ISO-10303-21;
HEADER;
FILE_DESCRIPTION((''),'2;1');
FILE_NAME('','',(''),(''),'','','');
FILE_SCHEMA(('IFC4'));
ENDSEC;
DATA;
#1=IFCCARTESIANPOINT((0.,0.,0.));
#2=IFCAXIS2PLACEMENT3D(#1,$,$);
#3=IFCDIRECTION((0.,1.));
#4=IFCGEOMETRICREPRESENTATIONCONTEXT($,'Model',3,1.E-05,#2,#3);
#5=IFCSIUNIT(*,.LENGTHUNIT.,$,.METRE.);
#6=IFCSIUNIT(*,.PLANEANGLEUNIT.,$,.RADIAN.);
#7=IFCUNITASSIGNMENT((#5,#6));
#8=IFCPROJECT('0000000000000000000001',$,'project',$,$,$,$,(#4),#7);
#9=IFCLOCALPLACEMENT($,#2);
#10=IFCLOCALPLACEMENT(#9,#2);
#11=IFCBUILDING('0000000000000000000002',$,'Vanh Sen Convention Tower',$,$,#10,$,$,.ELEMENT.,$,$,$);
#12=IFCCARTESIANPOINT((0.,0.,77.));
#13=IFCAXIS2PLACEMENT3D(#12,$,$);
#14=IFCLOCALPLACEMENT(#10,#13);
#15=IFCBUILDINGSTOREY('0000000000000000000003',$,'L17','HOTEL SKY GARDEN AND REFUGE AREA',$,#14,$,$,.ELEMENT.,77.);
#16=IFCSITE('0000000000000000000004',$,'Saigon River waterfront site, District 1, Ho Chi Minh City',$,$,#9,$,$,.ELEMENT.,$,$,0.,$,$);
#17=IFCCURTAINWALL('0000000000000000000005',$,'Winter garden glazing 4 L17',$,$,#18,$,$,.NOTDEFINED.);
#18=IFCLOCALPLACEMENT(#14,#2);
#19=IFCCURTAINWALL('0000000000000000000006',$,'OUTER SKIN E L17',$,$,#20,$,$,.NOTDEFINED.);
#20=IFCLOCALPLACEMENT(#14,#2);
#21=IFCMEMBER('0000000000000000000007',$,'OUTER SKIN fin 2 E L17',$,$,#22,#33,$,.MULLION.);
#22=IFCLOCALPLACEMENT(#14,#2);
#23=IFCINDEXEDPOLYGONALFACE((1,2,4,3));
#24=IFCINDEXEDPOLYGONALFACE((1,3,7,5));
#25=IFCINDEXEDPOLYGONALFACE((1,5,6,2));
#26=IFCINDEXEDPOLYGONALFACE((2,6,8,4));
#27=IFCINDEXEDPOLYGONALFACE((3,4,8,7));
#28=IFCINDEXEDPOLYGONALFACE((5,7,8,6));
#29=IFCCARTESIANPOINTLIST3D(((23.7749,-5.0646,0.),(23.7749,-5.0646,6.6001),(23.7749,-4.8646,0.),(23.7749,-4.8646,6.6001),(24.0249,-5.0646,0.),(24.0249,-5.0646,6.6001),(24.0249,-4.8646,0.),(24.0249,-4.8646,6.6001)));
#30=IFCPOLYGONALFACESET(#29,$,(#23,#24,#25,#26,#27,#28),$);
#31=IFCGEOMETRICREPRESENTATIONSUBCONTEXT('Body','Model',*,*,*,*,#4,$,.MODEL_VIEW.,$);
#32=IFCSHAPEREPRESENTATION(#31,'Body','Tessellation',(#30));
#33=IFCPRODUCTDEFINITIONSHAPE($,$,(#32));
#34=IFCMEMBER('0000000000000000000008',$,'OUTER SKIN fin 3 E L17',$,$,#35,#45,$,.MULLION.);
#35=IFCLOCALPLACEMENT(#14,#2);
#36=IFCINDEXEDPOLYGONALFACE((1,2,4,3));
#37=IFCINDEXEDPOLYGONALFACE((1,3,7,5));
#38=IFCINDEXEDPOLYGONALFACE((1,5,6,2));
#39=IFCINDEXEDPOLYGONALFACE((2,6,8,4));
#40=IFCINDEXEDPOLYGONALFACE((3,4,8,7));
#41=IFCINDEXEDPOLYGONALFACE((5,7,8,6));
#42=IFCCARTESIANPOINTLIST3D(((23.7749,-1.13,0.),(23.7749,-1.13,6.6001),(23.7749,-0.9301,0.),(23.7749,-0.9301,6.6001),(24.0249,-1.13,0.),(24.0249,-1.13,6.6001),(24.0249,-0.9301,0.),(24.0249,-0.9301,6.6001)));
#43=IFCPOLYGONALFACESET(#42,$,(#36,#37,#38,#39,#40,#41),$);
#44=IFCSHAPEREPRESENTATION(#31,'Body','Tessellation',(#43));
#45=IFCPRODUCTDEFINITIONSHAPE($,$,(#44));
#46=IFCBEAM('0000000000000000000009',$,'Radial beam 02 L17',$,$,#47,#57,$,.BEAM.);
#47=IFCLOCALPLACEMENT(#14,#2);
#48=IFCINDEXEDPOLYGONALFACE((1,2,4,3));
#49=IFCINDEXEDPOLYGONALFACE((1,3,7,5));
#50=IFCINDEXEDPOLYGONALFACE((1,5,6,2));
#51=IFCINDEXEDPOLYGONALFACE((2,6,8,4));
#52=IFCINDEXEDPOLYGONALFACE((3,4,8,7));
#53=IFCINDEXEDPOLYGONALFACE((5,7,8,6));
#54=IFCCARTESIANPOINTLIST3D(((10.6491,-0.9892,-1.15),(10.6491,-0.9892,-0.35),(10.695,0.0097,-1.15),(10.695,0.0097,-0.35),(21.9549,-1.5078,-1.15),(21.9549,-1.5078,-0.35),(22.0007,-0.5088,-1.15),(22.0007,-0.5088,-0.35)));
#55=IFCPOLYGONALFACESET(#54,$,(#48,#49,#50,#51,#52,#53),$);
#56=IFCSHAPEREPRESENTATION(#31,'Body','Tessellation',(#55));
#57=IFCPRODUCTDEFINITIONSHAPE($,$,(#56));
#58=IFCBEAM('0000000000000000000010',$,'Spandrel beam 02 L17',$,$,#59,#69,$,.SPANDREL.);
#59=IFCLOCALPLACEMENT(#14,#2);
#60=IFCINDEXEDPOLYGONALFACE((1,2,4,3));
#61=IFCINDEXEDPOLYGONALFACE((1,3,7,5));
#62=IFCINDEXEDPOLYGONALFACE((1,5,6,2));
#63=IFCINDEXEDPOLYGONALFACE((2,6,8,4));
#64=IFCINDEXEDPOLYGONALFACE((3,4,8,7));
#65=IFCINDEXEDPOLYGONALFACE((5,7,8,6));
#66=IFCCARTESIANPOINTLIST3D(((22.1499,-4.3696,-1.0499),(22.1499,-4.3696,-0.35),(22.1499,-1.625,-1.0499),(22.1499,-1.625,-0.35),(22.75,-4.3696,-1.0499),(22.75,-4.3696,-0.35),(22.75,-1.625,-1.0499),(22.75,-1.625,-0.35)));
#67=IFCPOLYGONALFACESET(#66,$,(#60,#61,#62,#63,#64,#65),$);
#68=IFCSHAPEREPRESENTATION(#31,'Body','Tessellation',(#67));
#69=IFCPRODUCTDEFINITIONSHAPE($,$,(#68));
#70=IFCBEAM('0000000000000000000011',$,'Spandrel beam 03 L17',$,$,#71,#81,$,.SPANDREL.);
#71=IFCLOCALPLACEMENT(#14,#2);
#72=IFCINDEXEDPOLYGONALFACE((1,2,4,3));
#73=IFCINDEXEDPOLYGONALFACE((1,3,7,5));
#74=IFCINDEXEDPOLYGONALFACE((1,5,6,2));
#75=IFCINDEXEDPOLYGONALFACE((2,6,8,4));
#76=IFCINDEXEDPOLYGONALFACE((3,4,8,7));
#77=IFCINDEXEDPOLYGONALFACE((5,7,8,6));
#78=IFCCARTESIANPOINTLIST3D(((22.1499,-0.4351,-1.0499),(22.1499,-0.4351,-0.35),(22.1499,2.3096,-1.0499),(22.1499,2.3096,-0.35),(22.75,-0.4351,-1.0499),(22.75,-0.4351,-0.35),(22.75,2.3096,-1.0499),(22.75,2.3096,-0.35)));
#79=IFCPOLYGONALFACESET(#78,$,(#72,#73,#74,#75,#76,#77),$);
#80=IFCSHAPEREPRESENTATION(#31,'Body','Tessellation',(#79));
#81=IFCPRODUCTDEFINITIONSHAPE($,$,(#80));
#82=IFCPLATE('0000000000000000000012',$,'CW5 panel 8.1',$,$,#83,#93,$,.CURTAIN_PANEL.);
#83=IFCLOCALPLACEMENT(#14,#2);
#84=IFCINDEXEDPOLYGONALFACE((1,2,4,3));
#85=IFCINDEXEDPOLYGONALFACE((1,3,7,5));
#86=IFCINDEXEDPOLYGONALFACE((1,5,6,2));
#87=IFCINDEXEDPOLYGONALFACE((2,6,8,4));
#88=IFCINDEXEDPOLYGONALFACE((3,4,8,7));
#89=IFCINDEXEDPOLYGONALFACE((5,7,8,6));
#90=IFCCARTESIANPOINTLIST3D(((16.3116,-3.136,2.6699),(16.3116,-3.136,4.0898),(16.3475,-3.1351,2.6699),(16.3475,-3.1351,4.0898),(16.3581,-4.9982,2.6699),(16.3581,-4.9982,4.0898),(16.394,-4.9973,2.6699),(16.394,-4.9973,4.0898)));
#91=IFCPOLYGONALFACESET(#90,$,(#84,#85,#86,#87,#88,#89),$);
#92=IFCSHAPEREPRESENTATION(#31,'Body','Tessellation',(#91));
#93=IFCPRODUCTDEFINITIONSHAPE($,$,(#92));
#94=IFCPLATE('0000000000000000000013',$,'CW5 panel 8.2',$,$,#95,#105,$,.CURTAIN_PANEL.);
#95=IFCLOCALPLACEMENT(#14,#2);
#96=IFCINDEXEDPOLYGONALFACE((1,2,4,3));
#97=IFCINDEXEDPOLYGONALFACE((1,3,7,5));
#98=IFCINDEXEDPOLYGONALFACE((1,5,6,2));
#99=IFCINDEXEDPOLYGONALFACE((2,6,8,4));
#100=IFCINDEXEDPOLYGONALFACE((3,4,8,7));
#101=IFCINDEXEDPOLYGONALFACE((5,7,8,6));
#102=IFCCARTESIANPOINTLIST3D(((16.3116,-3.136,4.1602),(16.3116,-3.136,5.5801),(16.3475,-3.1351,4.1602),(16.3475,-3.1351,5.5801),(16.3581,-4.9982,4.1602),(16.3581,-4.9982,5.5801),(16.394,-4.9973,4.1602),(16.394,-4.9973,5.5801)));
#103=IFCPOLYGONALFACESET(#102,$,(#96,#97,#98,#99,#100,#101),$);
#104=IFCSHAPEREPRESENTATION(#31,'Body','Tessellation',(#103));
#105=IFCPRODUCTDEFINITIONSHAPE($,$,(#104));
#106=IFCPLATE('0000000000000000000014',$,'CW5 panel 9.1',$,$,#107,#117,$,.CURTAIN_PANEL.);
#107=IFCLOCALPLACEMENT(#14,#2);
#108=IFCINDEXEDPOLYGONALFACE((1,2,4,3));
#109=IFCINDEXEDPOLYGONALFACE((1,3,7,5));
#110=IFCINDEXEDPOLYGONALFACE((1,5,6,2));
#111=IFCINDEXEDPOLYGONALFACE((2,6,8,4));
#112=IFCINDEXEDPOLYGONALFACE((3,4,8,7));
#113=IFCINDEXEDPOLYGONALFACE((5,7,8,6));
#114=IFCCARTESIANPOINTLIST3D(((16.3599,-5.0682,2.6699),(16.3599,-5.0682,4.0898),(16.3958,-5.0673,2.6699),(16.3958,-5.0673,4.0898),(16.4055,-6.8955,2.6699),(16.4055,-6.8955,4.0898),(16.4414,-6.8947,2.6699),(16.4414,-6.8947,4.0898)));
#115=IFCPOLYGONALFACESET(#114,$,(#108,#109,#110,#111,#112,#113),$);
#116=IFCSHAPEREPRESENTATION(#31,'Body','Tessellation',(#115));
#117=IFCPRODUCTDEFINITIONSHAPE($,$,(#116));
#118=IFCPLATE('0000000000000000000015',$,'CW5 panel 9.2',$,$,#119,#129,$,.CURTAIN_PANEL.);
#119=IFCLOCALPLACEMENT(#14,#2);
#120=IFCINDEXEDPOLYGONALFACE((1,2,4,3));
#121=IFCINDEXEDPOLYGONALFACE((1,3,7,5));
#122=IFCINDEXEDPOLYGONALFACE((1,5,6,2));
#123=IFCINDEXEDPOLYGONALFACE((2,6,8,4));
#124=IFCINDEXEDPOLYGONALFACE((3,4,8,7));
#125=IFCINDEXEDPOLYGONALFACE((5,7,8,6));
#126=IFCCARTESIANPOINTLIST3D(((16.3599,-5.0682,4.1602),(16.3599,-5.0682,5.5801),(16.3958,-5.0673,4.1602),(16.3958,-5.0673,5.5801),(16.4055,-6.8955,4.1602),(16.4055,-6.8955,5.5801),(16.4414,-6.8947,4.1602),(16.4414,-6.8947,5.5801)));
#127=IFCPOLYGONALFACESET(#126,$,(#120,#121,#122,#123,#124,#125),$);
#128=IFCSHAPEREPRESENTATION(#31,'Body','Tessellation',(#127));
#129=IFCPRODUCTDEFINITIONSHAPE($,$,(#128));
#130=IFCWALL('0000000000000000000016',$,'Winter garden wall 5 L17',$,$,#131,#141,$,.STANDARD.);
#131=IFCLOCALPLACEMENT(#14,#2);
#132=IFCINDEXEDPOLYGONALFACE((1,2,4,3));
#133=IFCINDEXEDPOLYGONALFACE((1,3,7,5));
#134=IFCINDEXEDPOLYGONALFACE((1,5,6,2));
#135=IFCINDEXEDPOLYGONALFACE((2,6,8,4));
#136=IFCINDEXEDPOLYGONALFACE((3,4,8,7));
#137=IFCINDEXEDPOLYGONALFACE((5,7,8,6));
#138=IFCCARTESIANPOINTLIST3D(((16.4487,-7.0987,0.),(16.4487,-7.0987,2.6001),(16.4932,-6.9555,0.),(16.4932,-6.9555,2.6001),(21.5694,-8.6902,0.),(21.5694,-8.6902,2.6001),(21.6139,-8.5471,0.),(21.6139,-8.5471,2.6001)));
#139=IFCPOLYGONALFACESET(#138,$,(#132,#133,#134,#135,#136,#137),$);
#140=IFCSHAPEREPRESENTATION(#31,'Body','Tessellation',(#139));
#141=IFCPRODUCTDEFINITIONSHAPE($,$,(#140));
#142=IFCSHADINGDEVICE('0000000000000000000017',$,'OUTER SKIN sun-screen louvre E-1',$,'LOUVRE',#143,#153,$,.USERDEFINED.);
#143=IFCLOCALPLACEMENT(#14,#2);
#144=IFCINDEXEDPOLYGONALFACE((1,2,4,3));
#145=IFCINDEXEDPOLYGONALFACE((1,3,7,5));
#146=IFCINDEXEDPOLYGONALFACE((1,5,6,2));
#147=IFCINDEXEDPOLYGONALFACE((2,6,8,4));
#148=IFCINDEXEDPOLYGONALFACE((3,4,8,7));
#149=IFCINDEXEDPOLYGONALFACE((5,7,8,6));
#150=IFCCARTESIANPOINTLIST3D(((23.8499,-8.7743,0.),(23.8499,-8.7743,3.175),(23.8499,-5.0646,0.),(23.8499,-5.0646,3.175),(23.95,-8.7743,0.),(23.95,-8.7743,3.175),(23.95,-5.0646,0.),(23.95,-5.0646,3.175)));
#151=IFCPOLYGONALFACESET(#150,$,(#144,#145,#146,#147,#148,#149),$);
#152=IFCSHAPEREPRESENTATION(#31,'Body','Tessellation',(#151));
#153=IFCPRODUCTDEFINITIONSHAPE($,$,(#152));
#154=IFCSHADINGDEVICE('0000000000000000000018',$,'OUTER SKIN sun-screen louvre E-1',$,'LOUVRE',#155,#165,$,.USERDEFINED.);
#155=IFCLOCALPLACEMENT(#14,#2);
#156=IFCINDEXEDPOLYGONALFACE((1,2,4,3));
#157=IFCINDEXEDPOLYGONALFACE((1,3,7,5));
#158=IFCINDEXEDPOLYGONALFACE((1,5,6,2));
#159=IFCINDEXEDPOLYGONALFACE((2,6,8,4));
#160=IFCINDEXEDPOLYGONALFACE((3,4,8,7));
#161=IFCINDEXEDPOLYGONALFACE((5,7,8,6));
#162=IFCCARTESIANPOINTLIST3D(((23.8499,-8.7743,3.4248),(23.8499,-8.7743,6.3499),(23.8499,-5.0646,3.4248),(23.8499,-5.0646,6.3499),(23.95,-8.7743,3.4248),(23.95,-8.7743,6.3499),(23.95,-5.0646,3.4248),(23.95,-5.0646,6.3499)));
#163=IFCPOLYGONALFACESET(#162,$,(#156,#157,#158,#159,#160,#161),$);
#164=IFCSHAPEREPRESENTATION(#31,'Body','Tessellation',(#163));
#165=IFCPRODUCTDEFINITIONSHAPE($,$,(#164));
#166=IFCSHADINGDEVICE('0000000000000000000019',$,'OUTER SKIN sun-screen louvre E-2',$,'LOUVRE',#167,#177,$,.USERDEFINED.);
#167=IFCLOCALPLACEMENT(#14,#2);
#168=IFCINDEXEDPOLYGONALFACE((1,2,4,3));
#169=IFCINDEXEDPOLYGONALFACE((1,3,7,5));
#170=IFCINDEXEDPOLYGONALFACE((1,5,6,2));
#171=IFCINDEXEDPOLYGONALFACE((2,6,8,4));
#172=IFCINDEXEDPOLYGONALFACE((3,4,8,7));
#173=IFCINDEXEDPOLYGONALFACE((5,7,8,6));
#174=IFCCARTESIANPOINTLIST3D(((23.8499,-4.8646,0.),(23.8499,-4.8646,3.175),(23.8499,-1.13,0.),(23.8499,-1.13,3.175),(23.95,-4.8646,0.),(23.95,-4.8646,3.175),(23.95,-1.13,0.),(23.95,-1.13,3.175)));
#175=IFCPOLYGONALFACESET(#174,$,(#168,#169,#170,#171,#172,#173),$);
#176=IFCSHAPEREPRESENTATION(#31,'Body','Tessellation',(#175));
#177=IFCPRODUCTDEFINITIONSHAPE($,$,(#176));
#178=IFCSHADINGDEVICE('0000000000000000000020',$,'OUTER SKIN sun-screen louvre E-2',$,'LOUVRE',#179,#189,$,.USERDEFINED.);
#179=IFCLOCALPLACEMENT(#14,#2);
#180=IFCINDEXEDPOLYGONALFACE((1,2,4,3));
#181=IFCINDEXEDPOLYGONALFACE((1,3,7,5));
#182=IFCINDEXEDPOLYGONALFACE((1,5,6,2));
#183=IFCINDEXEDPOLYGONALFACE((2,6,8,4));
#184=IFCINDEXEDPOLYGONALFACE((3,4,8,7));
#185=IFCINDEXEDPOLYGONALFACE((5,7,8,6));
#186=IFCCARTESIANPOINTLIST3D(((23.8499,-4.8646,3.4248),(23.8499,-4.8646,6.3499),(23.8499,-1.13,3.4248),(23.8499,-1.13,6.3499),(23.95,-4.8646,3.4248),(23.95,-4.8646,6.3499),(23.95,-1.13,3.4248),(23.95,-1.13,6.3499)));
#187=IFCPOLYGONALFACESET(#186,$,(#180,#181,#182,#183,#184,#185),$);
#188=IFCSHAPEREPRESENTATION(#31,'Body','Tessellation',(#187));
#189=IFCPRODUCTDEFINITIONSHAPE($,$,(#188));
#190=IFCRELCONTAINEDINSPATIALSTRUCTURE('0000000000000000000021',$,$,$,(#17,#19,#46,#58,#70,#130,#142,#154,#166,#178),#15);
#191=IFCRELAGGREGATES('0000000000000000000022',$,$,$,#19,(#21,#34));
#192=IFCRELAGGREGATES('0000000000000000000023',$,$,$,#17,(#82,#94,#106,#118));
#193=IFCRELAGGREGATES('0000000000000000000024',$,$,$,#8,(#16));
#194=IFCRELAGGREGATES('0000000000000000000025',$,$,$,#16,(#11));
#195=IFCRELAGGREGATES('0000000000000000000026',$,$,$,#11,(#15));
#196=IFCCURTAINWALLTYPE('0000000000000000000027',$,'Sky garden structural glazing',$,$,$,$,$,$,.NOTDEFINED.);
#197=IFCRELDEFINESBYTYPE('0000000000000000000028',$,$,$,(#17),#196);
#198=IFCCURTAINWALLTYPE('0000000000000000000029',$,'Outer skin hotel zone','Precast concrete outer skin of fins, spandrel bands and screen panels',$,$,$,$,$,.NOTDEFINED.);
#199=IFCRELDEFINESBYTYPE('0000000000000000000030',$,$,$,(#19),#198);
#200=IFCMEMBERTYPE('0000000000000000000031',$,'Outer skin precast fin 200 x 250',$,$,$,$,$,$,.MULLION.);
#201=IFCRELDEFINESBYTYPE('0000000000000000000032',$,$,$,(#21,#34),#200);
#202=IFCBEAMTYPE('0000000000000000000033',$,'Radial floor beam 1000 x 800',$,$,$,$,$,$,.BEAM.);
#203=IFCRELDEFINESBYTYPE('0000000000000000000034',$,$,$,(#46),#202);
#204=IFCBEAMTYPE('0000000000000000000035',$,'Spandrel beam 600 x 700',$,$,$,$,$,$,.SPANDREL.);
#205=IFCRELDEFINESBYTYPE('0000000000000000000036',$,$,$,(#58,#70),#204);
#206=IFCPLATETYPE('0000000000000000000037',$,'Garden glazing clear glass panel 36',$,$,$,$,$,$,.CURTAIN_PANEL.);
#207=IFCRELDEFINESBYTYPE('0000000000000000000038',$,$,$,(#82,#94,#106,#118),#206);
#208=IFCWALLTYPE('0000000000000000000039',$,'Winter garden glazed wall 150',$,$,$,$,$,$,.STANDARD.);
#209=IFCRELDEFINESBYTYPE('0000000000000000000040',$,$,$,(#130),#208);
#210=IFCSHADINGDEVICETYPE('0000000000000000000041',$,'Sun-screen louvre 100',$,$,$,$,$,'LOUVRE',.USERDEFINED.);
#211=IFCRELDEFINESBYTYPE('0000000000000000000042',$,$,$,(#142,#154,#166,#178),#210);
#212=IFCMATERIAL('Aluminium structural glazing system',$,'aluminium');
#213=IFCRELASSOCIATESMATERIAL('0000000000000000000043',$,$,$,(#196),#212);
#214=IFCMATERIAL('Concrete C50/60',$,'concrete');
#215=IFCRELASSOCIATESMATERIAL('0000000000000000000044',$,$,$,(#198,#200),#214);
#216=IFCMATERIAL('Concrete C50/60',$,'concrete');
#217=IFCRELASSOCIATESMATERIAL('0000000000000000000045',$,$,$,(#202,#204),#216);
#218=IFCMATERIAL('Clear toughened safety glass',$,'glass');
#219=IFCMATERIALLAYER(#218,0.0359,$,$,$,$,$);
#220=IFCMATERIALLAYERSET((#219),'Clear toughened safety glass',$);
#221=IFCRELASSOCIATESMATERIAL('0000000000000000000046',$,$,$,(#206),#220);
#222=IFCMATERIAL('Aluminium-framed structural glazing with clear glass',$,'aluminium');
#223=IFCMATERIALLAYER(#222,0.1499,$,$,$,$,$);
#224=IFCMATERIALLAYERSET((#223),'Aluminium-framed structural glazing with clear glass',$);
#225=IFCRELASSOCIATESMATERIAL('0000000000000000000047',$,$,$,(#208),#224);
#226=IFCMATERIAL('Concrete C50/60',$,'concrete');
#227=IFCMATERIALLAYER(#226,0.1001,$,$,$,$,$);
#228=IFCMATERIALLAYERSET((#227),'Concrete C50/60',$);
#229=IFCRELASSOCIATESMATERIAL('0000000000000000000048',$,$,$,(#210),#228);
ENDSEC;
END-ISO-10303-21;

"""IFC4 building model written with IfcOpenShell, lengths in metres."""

from ifc_helpers import new_model, si_unit, direction, frame, frame_2d, origin, origin_2d, place, context, subcontext, project, spatial, rectangle, extrude, material, layer, layer_set, material_profile, profile_set, type_object, element, aggregate, save


model = new_model("IFC4")

# Units and contexts
model_context = context("Model", 3, precision=1e-05, world=origin(), true_north=direction((0.0, 1.0)))
body_context = subcontext(model_context, "Body", "Model", "MODEL_VIEW")
ifc_project = project(units=[si_unit("LENGTHUNIT", "METRE"), si_unit("PLANEANGLEUNIT", "RADIAN")], contexts=[model_context])

# Site, building, storey
site_placement = place(None, origin())
site = spatial("IfcSite", under=ifc_project, at=site_placement, Name="Saigon River waterfront site, District 1, Ho Chi Minh City", CompositionType="ELEMENT", RefElevation=0.0)
building_placement = place(site_placement, origin())
building = spatial("IfcBuilding", under=site, at=building_placement, Name="Vanh Sen Convention Tower", CompositionType="ELEMENT")
storey_placement = place(building_placement, frame((0.0, 0.0, 77.0)))
storey = spatial("IfcBuildingStorey", under=building, at=storey_placement, Name="L17", Description="HOTEL SKY GARDEN AND REFUGE AREA", CompositionType="ELEMENT", Elevation=77.0)

# Curtain wall
ifc_material_1 = material(Name="Aluminium structural glazing system", Category="aluminium")
curtain_wall_type_1 = type_object("IfcCurtainWallType", Name="Sky garden structural glazing", PredefinedType="NOTDEFINED", material=ifc_material_1)
curtain_wall_1_placement = place(storey_placement, origin())
curtain_wall_1 = element("IfcCurtainWall", 1, at=curtain_wall_1_placement, inside=storey, type_object=curtain_wall_type_1, Name="Winter garden glazing 4 L17", PredefinedType="NOTDEFINED")

# Curtain wall, members
ifc_material_2 = material(Name="Concrete C50/60", Category="concrete")
curtain_wall_type_2 = type_object("IfcCurtainWallType", Name="Outer skin hotel zone", Description="Precast concrete outer skin of fins, spandrel bands and screen panels", PredefinedType="NOTDEFINED", material=ifc_material_2)
curtain_wall_2_placement = place(storey_placement, origin())
curtain_wall_2 = element("IfcCurtainWall", 2, at=curtain_wall_2_placement, inside=storey, type_object=curtain_wall_type_2, Name="OUTER SKIN E L17", PredefinedType="NOTDEFINED")
ifc_material_profile_1 = material_profile(ifc_material_2, rectangle(XDim=0.2, YDim=0.25, at=origin_2d()), Name="Outer skin precast fin 200 x 250")
ifc_profile_set_1 = profile_set([ifc_material_profile_1], Name="Concrete C50/60")
member_type_1 = type_object("IfcMemberType", Name="Outer skin precast fin 200 x 250", PredefinedType="MULLION", material=ifc_profile_set_1)
member_1_placement = place(storey_placement, frame((23.8999, -4.9646, 0.0), z_axis=(0.0, 0.0, 1.0), x_axis=(0.0, 1.0, 0.0)))
member_1 = element("IfcMember", 3, at=member_1_placement, type_object=member_type_1, Name="OUTER SKIN fin 2 E L17", PredefinedType="MULLION", context=body_context, shape_type="SweptSolid", body=[
    extrude(rectangle(XDim=0.2, YDim=0.25, at=origin_2d()), origin(), (0.0, 0.0, 1.0), 6.6001),
])
member_2_placement = place(storey_placement, frame((23.8999, -1.03, 0.0), z_axis=(0.0, 0.0, 1.0), x_axis=(0.0, 1.0, 0.0)))
member_2 = element("IfcMember", 4, at=member_2_placement, type_object=member_type_1, Name="OUTER SKIN fin 3 E L17", PredefinedType="MULLION", context=body_context, shape_type="SweptSolid", body=[
    extrude(rectangle(XDim=0.2, YDim=0.25, at=origin_2d()), origin(), (0.0, 0.0, 1.0), 6.6001),
])
aggregate(curtain_wall_2, [member_1, member_2])

# Beams
ifc_material_3 = material(Name="Concrete C50/60", Category="concrete")
ifc_material_profile_2 = material_profile(ifc_material_3, rectangle(XDim=1.0, YDim=0.8, at=origin_2d()), Name="RC 1000X800")
ifc_profile_set_2 = profile_set([ifc_material_profile_2], Name="Concrete C50/60")
beam_type_1 = type_object("IfcBeamType", Name="Radial floor beam 1000 x 800", PredefinedType="BEAM", material=ifc_profile_set_2)
beam_placement = place(storey_placement, frame((21.9778, -1.0083, -0.75), z_axis=(-0.99895, 0.045819, 0.0), x_axis=(-0.045819, -0.99895, 0.0)))
element("IfcBeam", 5, at=beam_placement, inside=storey, type_object=beam_type_1, Name="Radial beam 02 L17", PredefinedType="BEAM", context=body_context, shape_type="SweptSolid", body=[
    extrude(rectangle(XDim=1.0, YDim=0.8, at=origin_2d()), origin(), (0.0, 0.0, 1.0), 11.3176),
])
ifc_material_profile_3 = material_profile(ifc_material_3, rectangle(XDim=0.6001, YDim=0.7, at=origin_2d()), Name="RC 600X700")
ifc_profile_set_3 = profile_set([ifc_material_profile_3], Name="Concrete C50/60")
beam_type_2 = type_object("IfcBeamType", Name="Spandrel beam 600 x 700", PredefinedType="SPANDREL", material=ifc_profile_set_3)
for number, where, z_axis, x_axis, name in (
    (6, (22.45, -4.3696, -0.7), (0.0, 1.0, 0.0), (-1.0, 0.0, 0.0), "Spandrel beam 02 L17"),
    (7, (22.45, -0.4351, -0.7), (0.0, 1.0, 0.0), (-1.0, 0.0, 0.0), "Spandrel beam 03 L17"),
):
    element("IfcBeam", number, at=place(storey_placement, frame(where, z_axis=z_axis, x_axis=x_axis)), inside=storey, type_object=beam_type_2, Name=name, PredefinedType="SPANDREL", context=body_context, shape_type="SweptSolid", body=[
        extrude(rectangle(XDim=0.6001, YDim=0.7, at=origin_2d()), origin(), (0.0, 0.0, 1.0), 2.7446),
    ])

# Plates
ifc_material_4 = material(Name="Clear toughened safety glass", Category="glass")
ifc_layer_1 = layer(ifc_material_4, 0.0359)
ifc_layer_set_1 = layer_set([ifc_layer_1], Name="Clear toughened safety glass")
plate_type = type_object("IfcPlateType", Name="Garden glazing clear glass panel 36", PredefinedType="CURTAIN_PANEL", material=ifc_layer_set_1)
plate_1_placement = place(storey_placement, frame((16.3528, -4.0667, 2.6699), z_axis=(0.0, 0.0, 1.0), x_axis=(0.024972, -0.999688, 0.0)))
plate_1 = element("IfcPlate", 8, at=plate_1_placement, type_object=plate_type, Name="CW5 panel 8.1", PredefinedType="CURTAIN_PANEL", context=body_context, shape_type="SweptSolid", body=[
    extrude(rectangle(XDim=1.8628, YDim=0.0359, at=origin_2d()), origin(), (0.0, 0.0, 1.0), 1.4199),
])
plate_2_placement = place(storey_placement, frame((16.3528, -4.0667, 4.1602), z_axis=(0.0, 0.0, 1.0), x_axis=(0.024972, -0.999688, 0.0)))
plate_2 = element("IfcPlate", 9, at=plate_2_placement, type_object=plate_type, Name="CW5 panel 8.2", PredefinedType="CURTAIN_PANEL", context=body_context, shape_type="SweptSolid", body=[
    extrude(rectangle(XDim=1.8628, YDim=0.0359, at=origin_2d()), origin(), (0.0, 0.0, 1.0), 1.4199),
])
plate_3_placement = place(storey_placement, frame((16.4006, -5.9814, 2.6699), z_axis=(0.0, 0.0, 1.0), x_axis=(0.024972, -0.999688, 0.0)))
plate_3 = element("IfcPlate", 10, at=plate_3_placement, type_object=plate_type, Name="CW5 panel 9.1", PredefinedType="CURTAIN_PANEL", context=body_context, shape_type="SweptSolid", body=[
    extrude(rectangle(XDim=1.8279, YDim=0.0359, at=origin_2d()), origin(), (0.0, 0.0, 1.0), 1.4199),
])
plate_4_placement = place(storey_placement, frame((16.4006, -5.9814, 4.1602), z_axis=(0.0, 0.0, 1.0), x_axis=(0.024972, -0.999688, 0.0)))
plate_4 = element("IfcPlate", 11, at=plate_4_placement, type_object=plate_type, Name="CW5 panel 9.2", PredefinedType="CURTAIN_PANEL", context=body_context, shape_type="SweptSolid", body=[
    extrude(rectangle(XDim=1.8279, YDim=0.0359, at=origin_2d()), origin(), (0.0, 0.0, 1.0), 1.4199),
])
aggregate(curtain_wall_1, [plate_1, plate_2, plate_3, plate_4])

# Wall
ifc_material_5 = material(Name="Aluminium-framed structural glazing with clear glass", Category="aluminium")
ifc_layer_2 = layer(ifc_material_5, 0.1499)
ifc_layer_set_2 = layer_set([ifc_layer_2], Name="Aluminium-framed structural glazing with clear glass")
wall_type = type_object("IfcWallType", Name="Winter garden glazed wall 150", PredefinedType="STANDARD", material=ifc_layer_set_2)
wall_placement = place(storey_placement, frame((16.4709, -7.0271, 0.0), z_axis=(0.0, 0.0, 1.0), x_axis=(0.954937, -0.296807, 0.0)))
element("IfcWall", 12, at=wall_placement, inside=storey, type_object=wall_type, Name="Winter garden wall 5 L17", PredefinedType="STANDARD", context=body_context, shape_type="SweptSolid", body=[
    extrude(rectangle(XDim=5.3623, YDim=0.1499, at=frame_2d((2.6812, 0.0))), origin(), (0.0, 0.0, 1.0), 2.6001),
])

# Shading devices
ifc_material_6 = material(Name="Concrete C50/60", Category="concrete")
ifc_layer_3 = layer(ifc_material_6, 0.1001)
ifc_layer_set_3 = layer_set([ifc_layer_3], Name="Concrete C50/60")
shading_device_type = type_object("IfcShadingDeviceType", Name="Sun-screen louvre 100", ElementType="LOUVRE", PredefinedType="USERDEFINED", material=ifc_layer_set_3)
shading_device_1_placement = place(storey_placement, frame((23.8999, -6.9194, 0.0), z_axis=(0.0, 0.0, 1.0), x_axis=(0.0, 1.0, 0.0)))
element("IfcShadingDevice", 13, at=shading_device_1_placement, inside=storey, type_object=shading_device_type, Name="OUTER SKIN sun-screen louvre E-1", ObjectType="LOUVRE", PredefinedType="USERDEFINED", context=body_context, shape_type="SweptSolid", body=[
    extrude(rectangle(XDim=3.7097, YDim=0.1001, at=origin_2d()), origin(), (0.0, 0.0, 1.0), 3.175),
])
shading_device_2_placement = place(storey_placement, frame((23.8999, -6.9194, 3.4248), z_axis=(0.0, 0.0, 1.0), x_axis=(0.0, 1.0, 0.0)))
element("IfcShadingDevice", 14, at=shading_device_2_placement, inside=storey, type_object=shading_device_type, Name="OUTER SKIN sun-screen louvre E-1", ObjectType="LOUVRE", PredefinedType="USERDEFINED", context=body_context, shape_type="SweptSolid", body=[
    extrude(rectangle(XDim=3.7097, YDim=0.1001, at=origin_2d()), origin(), (0.0, 0.0, 1.0), 2.925),
])
shading_device_3_placement = place(storey_placement, frame((23.8999, -2.9973, 0.0), z_axis=(0.0, 0.0, 1.0), x_axis=(0.0, 1.0, 0.0)))
element("IfcShadingDevice", 15, at=shading_device_3_placement, inside=storey, type_object=shading_device_type, Name="OUTER SKIN sun-screen louvre E-2", ObjectType="LOUVRE", PredefinedType="USERDEFINED", context=body_context, shape_type="SweptSolid", body=[
    extrude(rectangle(XDim=3.7346, YDim=0.1001, at=origin_2d()), origin(), (0.0, 0.0, 1.0), 3.175),
])
shading_device_4_placement = place(storey_placement, frame((23.8999, -2.9973, 3.4248), z_axis=(0.0, 0.0, 1.0), x_axis=(0.0, 1.0, 0.0)))
element("IfcShadingDevice", 16, at=shading_device_4_placement, inside=storey, type_object=shading_device_type, Name="OUTER SKIN sun-screen louvre E-2", ObjectType="LOUVRE", PredefinedType="USERDEFINED", context=body_context, shape_type="SweptSolid", body=[
    extrude(rectangle(XDim=3.7346, YDim=0.1001, at=origin_2d()), origin(), (0.0, 0.0, 1.0), 2.925),
])

save(model, "model.ifc")
